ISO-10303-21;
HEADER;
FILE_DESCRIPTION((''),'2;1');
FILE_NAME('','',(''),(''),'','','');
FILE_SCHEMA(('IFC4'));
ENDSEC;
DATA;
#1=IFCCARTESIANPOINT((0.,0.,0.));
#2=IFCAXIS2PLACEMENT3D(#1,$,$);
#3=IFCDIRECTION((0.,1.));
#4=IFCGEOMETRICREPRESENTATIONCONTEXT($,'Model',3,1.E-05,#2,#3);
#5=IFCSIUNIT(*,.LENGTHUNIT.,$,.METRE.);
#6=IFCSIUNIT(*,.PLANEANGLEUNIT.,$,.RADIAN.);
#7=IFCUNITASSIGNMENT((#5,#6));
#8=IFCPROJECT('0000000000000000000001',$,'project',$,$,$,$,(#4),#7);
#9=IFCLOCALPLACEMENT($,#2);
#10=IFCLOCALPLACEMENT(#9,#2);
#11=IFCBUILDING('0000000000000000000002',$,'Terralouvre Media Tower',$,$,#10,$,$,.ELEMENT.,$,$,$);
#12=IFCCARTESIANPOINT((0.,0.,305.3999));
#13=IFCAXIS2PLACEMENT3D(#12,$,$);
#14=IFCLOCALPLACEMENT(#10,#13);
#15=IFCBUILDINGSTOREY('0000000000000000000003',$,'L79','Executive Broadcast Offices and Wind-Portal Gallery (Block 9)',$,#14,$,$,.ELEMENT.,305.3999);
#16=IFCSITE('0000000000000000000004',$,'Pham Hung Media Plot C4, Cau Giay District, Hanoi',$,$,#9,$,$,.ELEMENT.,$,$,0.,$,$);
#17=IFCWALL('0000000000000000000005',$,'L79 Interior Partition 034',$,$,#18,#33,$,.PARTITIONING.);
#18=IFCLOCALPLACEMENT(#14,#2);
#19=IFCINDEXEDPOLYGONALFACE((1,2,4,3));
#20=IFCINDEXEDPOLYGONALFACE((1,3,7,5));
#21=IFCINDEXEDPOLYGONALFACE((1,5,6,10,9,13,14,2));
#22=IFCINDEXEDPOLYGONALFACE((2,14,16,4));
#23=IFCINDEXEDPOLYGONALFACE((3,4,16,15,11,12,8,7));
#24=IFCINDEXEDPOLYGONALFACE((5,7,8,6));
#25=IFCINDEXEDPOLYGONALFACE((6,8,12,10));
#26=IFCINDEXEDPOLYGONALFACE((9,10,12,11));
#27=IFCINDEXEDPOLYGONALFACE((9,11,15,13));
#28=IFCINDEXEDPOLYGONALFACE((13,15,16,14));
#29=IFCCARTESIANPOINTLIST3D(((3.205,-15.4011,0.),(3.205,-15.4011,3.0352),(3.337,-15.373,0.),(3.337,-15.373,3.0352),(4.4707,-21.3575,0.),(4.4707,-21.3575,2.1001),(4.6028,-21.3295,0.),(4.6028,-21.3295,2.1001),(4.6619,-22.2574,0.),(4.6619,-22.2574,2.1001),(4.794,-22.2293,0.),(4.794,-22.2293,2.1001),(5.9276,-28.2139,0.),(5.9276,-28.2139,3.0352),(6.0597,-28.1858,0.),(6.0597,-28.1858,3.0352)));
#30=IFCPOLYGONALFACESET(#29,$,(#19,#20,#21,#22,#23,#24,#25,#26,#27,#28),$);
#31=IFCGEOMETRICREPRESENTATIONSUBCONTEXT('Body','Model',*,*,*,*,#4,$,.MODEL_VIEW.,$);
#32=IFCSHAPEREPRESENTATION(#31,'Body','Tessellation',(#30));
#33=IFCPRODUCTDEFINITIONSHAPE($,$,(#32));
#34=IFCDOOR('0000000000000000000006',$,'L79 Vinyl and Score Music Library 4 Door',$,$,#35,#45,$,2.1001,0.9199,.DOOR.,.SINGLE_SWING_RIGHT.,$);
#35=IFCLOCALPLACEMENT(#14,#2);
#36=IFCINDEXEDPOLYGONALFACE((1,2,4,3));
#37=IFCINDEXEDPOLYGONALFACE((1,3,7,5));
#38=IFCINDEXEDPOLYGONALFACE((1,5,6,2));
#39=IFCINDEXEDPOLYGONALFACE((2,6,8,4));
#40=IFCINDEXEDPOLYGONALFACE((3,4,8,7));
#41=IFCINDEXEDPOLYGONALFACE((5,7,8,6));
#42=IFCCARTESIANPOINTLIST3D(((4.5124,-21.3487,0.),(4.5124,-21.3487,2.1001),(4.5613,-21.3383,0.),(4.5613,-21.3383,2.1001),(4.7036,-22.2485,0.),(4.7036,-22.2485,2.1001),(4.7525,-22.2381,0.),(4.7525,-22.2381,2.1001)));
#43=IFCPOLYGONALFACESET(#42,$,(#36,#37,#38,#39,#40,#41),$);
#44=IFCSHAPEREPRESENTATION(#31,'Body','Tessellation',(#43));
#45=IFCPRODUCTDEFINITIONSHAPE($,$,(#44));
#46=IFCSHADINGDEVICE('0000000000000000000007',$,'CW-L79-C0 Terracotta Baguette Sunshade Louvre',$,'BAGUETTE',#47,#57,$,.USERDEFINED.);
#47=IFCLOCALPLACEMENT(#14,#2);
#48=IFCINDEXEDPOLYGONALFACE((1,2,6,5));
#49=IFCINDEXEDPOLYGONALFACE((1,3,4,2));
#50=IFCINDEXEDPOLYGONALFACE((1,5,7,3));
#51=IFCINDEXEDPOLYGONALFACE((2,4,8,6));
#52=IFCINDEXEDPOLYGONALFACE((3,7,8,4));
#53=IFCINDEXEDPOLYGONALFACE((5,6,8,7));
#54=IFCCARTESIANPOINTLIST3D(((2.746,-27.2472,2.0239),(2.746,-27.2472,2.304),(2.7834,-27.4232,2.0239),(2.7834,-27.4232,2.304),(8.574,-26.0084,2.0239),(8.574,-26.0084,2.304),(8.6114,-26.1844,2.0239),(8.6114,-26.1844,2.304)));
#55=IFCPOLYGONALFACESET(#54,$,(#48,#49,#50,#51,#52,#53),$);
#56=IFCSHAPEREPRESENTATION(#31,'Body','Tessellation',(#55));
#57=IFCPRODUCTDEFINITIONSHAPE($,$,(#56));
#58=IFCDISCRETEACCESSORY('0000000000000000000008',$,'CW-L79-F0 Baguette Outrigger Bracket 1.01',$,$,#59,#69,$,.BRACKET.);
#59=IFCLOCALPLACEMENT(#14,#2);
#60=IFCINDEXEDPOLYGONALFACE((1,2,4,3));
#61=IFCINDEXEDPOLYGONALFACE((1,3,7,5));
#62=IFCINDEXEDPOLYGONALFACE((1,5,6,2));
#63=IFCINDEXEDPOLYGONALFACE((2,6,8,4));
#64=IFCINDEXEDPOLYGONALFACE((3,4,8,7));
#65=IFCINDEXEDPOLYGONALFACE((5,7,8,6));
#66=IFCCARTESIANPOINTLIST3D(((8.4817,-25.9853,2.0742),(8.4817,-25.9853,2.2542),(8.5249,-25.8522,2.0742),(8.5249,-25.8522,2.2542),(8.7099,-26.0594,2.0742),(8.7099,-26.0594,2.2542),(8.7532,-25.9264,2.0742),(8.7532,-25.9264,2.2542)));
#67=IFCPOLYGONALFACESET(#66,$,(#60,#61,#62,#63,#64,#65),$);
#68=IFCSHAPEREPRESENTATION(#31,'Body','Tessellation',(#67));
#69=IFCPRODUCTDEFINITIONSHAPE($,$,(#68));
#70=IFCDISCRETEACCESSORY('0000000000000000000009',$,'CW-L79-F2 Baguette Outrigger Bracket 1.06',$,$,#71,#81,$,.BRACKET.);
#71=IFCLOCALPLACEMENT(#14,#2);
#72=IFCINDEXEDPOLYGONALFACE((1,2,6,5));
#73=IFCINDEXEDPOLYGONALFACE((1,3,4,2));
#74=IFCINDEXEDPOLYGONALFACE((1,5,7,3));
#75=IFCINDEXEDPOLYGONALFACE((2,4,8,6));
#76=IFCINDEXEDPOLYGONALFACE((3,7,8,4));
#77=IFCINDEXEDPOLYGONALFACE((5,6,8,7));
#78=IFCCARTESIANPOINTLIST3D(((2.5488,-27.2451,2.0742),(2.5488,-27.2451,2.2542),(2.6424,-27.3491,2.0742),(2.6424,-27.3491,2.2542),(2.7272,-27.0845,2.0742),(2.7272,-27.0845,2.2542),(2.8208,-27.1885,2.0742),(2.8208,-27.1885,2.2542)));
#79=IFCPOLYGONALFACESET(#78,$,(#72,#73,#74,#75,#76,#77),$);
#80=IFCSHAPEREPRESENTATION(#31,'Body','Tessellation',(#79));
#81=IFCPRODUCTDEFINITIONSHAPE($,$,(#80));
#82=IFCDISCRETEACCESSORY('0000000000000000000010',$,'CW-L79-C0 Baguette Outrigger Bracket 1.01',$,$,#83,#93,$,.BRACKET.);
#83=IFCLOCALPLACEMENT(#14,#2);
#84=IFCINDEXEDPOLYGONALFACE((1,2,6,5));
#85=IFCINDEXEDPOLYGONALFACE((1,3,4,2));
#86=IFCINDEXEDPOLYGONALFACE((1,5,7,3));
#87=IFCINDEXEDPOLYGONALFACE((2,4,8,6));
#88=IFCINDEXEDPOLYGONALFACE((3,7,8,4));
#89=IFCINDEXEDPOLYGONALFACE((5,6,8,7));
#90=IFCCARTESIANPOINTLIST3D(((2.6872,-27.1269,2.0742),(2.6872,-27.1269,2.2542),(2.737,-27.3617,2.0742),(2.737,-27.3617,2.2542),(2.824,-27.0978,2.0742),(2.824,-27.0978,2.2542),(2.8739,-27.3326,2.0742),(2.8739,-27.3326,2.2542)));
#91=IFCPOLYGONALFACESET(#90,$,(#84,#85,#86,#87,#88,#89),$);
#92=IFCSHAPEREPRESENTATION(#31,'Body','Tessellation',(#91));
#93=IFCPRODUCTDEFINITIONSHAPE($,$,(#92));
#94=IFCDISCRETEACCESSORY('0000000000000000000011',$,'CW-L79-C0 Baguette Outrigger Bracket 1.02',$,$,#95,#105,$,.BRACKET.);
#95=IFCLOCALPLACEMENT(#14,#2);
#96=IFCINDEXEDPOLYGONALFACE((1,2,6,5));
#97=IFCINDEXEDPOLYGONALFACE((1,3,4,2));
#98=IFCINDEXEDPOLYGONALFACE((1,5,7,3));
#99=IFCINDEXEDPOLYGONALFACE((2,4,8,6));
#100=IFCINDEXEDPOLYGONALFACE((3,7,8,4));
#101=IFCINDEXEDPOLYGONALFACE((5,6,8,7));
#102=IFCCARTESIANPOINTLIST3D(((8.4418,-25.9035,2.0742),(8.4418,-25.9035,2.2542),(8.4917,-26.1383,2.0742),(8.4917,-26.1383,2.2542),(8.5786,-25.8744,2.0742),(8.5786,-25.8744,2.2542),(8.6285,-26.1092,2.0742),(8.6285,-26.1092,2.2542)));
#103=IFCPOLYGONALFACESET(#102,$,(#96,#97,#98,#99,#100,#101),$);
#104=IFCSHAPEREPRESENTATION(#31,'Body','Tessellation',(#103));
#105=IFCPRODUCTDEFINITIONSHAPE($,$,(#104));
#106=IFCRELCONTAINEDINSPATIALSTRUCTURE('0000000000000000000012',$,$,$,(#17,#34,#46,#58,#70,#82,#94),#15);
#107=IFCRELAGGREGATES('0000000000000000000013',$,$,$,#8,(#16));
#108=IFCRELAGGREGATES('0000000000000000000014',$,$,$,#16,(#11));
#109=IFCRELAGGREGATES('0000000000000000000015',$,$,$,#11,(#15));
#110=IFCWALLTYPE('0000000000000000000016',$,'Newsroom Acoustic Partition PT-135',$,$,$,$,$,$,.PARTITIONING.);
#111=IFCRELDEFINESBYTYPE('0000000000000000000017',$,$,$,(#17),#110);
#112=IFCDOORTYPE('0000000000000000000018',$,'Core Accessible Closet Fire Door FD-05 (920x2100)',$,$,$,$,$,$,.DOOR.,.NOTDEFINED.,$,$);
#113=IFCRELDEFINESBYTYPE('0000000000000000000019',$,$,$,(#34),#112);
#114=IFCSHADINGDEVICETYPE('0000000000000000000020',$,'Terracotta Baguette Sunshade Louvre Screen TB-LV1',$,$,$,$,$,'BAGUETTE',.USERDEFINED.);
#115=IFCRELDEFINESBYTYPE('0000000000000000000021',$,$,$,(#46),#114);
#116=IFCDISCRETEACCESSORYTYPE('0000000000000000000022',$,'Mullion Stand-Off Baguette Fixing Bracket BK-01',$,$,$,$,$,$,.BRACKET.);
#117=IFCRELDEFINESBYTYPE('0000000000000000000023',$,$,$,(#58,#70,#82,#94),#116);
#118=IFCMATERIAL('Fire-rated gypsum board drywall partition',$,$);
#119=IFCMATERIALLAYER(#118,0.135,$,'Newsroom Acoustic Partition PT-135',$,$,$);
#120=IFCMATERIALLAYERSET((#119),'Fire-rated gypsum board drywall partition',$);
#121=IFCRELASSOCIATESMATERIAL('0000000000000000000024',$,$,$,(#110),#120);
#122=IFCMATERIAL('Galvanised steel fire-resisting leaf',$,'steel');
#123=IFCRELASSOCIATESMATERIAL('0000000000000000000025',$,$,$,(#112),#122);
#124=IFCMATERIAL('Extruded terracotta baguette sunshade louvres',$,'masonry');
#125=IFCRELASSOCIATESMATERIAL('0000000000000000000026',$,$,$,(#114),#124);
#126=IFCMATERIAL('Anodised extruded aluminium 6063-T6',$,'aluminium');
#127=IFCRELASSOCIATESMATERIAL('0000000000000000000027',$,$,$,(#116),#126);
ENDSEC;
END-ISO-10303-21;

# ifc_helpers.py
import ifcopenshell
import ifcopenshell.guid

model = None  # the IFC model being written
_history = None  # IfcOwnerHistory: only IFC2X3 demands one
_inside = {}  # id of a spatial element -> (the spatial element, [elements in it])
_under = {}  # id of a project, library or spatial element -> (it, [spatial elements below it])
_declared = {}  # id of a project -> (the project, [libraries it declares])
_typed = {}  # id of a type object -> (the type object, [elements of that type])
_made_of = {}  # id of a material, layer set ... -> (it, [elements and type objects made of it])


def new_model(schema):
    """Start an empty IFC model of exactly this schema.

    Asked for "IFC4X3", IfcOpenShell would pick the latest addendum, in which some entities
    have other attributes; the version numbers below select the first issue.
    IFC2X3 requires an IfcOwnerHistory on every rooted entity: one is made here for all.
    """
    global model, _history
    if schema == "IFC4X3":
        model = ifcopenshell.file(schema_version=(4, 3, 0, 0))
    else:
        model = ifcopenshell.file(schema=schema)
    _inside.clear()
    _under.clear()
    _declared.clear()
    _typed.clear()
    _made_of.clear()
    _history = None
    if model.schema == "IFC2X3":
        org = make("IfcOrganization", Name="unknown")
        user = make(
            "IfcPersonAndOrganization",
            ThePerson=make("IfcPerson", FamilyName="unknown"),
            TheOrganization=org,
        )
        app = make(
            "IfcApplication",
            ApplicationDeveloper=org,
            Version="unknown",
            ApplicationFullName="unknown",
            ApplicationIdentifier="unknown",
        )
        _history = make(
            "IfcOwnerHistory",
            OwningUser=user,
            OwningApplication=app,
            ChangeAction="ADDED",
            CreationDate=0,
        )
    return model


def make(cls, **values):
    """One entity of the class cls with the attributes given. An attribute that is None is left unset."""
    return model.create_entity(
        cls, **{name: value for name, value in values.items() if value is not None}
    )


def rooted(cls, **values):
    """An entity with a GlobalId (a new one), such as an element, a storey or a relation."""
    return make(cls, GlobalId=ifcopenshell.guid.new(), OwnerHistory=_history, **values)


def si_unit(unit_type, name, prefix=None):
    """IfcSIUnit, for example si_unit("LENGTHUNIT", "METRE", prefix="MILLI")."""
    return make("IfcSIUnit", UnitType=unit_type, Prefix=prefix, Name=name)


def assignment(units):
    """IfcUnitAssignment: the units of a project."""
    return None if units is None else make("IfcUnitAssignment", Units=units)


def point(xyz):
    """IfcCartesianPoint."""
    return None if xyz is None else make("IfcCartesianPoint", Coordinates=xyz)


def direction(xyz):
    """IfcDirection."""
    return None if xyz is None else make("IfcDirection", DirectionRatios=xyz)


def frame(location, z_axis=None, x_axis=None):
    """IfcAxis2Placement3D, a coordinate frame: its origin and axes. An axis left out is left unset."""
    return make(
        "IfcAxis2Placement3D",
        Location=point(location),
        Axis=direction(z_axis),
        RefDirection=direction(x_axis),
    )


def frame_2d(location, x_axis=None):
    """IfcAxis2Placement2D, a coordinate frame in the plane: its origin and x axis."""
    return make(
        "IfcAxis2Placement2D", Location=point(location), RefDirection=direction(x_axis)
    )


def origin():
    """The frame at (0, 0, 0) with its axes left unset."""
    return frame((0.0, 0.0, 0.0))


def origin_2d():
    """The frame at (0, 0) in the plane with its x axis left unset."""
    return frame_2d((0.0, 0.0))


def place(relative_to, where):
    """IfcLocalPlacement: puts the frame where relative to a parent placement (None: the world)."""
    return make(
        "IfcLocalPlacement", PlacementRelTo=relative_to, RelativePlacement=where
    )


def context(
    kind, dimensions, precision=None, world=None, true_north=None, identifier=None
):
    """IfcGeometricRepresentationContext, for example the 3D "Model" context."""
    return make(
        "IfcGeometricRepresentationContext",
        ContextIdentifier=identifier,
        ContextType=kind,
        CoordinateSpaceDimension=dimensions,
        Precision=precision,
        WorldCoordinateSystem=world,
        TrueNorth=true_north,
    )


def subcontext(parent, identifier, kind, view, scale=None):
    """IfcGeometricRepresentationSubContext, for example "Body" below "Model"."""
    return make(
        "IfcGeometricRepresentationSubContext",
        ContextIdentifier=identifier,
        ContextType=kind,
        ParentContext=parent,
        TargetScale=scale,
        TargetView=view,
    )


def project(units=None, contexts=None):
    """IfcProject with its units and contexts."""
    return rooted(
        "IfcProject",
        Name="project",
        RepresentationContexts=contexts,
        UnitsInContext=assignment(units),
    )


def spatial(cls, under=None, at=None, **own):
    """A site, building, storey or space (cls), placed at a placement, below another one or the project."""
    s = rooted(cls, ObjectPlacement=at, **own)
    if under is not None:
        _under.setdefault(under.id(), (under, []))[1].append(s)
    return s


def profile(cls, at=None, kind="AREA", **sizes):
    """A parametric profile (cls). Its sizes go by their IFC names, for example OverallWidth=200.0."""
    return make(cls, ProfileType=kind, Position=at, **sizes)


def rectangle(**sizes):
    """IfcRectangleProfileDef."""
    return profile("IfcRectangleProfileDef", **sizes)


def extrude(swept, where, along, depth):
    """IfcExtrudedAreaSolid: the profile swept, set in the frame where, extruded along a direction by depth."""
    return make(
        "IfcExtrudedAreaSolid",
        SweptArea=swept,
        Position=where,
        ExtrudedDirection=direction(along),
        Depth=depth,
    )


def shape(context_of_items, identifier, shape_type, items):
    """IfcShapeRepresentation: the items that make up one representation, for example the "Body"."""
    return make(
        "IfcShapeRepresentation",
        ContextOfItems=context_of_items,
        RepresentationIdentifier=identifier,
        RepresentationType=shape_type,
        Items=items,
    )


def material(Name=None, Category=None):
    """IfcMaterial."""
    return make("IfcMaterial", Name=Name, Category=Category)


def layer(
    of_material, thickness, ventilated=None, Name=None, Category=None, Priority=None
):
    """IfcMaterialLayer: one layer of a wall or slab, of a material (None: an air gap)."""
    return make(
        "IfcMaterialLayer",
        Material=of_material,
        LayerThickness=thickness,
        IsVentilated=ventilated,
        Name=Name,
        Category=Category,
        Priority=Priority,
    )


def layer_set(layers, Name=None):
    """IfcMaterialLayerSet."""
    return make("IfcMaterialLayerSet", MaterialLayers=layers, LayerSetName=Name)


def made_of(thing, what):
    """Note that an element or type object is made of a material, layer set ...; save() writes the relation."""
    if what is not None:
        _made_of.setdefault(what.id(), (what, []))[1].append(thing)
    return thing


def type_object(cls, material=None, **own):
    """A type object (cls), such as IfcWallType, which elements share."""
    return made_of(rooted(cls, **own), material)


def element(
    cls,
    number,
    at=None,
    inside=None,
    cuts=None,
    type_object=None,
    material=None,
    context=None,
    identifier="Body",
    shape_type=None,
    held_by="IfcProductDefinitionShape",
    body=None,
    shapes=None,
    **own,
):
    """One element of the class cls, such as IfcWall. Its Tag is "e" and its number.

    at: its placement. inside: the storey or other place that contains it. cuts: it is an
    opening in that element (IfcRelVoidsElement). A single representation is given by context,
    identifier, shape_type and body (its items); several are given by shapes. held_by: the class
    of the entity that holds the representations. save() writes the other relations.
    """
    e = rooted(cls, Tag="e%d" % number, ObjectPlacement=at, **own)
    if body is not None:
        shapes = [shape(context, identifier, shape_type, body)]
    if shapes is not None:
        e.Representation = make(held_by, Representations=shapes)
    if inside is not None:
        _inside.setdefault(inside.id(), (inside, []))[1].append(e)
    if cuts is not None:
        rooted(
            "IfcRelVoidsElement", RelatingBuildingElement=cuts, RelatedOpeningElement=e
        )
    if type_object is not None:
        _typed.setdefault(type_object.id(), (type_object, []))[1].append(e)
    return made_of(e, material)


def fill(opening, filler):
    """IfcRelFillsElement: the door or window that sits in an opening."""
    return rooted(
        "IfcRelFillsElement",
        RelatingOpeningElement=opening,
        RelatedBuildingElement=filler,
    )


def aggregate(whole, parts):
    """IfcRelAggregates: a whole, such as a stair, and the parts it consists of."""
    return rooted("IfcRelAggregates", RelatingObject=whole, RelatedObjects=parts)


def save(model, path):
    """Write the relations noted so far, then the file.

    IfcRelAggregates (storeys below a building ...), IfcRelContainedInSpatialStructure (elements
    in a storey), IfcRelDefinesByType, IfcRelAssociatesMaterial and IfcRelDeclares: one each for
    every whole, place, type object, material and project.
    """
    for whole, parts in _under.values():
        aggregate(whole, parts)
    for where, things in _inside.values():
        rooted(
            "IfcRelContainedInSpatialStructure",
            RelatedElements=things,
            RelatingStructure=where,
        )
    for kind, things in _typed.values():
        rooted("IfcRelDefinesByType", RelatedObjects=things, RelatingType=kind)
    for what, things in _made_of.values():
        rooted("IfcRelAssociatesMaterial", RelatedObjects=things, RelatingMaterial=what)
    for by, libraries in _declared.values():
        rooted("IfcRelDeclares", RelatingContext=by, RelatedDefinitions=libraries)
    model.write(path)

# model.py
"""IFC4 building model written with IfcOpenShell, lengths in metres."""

from ifc_helpers import new_model, si_unit, direction, frame, frame_2d, origin, origin_2d, place, context, subcontext, project, spatial, rectangle, extrude, material, layer, layer_set, type_object, element, fill, save


model = new_model("IFC4")

# Units and contexts
model_context = context("Model", 3, precision=1e-05, world=origin(), true_north=direction((0.0, 1.0)))
body_context = subcontext(model_context, "Body", "Model", "MODEL_VIEW")
ifc_project = project(units=[si_unit("LENGTHUNIT", "METRE"), si_unit("PLANEANGLEUNIT", "RADIAN")], contexts=[model_context])

# Site, building, storey
site_placement = place(None, origin())
site = spatial("IfcSite", under=ifc_project, at=site_placement, Name="Pham Hung Media Plot C4, Cau Giay District, Hanoi", CompositionType="ELEMENT", RefElevation=0.0)
building_placement = place(site_placement, origin())
building = spatial("IfcBuilding", under=site, at=building_placement, Name="Terralouvre Media Tower", CompositionType="ELEMENT")
storey_placement = place(building_placement, frame((0.0, 0.0, 305.3999)))
storey = spatial("IfcBuildingStorey", under=building, at=storey_placement, Name="L79", Description="Executive Broadcast Offices and Wind-Portal Gallery (Block 9)", CompositionType="ELEMENT", Elevation=305.3999)

# Wall, opening, door
ifc_material_1 = material(Name="Fire-rated gypsum board drywall partition")
ifc_layer_1 = layer(ifc_material_1, 0.135, Name="Newsroom Acoustic Partition PT-135")
ifc_layer_set_1 = layer_set([ifc_layer_1], Name="Fire-rated gypsum board drywall partition")
wall_type = type_object("IfcWallType", Name="Newsroom Acoustic Partition PT-135", PredefinedType="PARTITIONING", material=ifc_layer_set_1)
wall_placement = place(storey_placement, frame((5.9937, -28.1997, 0.0), z_axis=(0.0, 0.0, 1.0), x_axis=(-0.207855, 0.97816, 0.0)))
wall = element("IfcWall", 1, at=wall_placement, inside=storey, type_object=wall_type, Name="L79 Interior Partition 034", PredefinedType="PARTITIONING", context=body_context, shape_type="SweptSolid", body=[
    extrude(rectangle(XDim=13.0989, YDim=0.135, at=frame_2d((6.5493, 0.0))), origin(), (0.0, 0.0, 1.0), 3.0352),
])
opening_placement = place(wall_placement, frame((6.0894, 0.0, 0.0)))
opening = element("IfcOpeningElement", 2, at=opening_placement, cuts=wall, PredefinedType="OPENING", context=body_context, shape_type="SweptSolid", body=[
    extrude(rectangle(XDim=0.9199, YDim=2.1001, at=frame_2d((0.46, 1.05))), frame((0.0, 0.0774, 0.0), z_axis=(0.0, -1.0, 0.0), x_axis=(1.0, 0.0, 0.0)), (0.0, 0.0, 1.0), 0.155),
])
ifc_material_2 = material(Name="Galvanised steel fire-resisting leaf", Category="steel")
door_type = type_object("IfcDoorType", Name="Core Accessible Closet Fire Door FD-05 (920x2100)", OperationType="NOTDEFINED", PredefinedType="DOOR", material=ifc_material_2)
door_placement = place(opening_placement, origin())
door = element("IfcDoor", 3, at=door_placement, inside=storey, type_object=door_type, Name="L79 Vinyl and Score Music Library 4 Door", OperationType="SINGLE_SWING_RIGHT", OverallHeight=2.1001, OverallWidth=0.9199, PredefinedType="DOOR", context=body_context, shape_type="SweptSolid", body=[
    extrude(rectangle(XDim=0.9199, YDim=2.1001, at=frame_2d((0.46, 1.05))), frame((0.0, 0.0249, 0.0), z_axis=(0.0, -1.0, 0.0), x_axis=(1.0, 0.0, 0.0)), (0.0, 0.0, 1.0), 0.05),
])
fill(opening, door)

# Shading device
ifc_material_3 = material(Name="Extruded terracotta baguette sunshade louvres", Category="masonry")
shading_device_type = type_object("IfcShadingDeviceType", Name="Terracotta Baguette Sunshade Louvre Screen TB-LV1", ElementType="BAGUETTE", PredefinedType="USERDEFINED", material=ifc_material_3)
shading_device_placement = place(storey_placement, frame((5.6787, -26.7158, 2.0239), z_axis=(0.0, 0.0, 1.0), x_axis=(0.978148, 0.207912, 0.0)))
element("IfcShadingDevice", 4, at=shading_device_placement, inside=storey, type_object=shading_device_type, Name="CW-L79-C0 Terracotta Baguette Sunshade Louvre", ObjectType="BAGUETTE", PredefinedType="USERDEFINED", context=body_context, shape_type="SweptSolid", body=[
    extrude(rectangle(XDim=5.9583, YDim=0.1799, at=origin_2d()), origin(), (0.0, 0.0, 1.0), 0.28),
])

# Discrete accessories
ifc_material_4 = material(Name="Anodised extruded aluminium 6063-T6", Category="aluminium")
discrete_accessory_type = type_object("IfcDiscreteAccessoryType", Name="Mullion Stand-Off Baguette Fixing Bracket BK-01", PredefinedType="BRACKET", material=ifc_material_4)
for number, where, z_axis, x_axis, name in (
    (5, (8.6174, -25.9558, 2.0742), (0.0, 0.0, 1.0), (0.309017, 0.951057, 0.0), "CW-L79-F0 Baguette Outrigger Bracket 1.01"),
    (6, (2.6848, -27.2168, 2.0742), (0.0, 0.0, 1.0), (0.669131, -0.743145, 0.0), "CW-L79-F2 Baguette Outrigger Bracket 1.06"),
    (7, (2.7805, -27.2297, 2.0742), (0.0, 0.0, 1.0), (0.978148, 0.207912, 0.0), "CW-L79-C0 Baguette Outrigger Bracket 1.01"),
    (8, (8.5352, -26.0063, 2.0742), (0.0, 0.0, 1.0), (0.978148, 0.207912, 0.0), "CW-L79-C0 Baguette Outrigger Bracket 1.02"),
):
    element("IfcDiscreteAccessory", number, at=place(storey_placement, frame(where, z_axis=z_axis, x_axis=x_axis)), inside=storey, type_object=discrete_accessory_type, Name=name, PredefinedType="BRACKET", context=body_context, shape_type="SweptSolid", body=[
        extrude(rectangle(XDim=0.1399, YDim=0.24, at=origin_2d()), origin(), (0.0, 0.0, 1.0), 0.1799),
    ])

save(model, "model.ifc")
